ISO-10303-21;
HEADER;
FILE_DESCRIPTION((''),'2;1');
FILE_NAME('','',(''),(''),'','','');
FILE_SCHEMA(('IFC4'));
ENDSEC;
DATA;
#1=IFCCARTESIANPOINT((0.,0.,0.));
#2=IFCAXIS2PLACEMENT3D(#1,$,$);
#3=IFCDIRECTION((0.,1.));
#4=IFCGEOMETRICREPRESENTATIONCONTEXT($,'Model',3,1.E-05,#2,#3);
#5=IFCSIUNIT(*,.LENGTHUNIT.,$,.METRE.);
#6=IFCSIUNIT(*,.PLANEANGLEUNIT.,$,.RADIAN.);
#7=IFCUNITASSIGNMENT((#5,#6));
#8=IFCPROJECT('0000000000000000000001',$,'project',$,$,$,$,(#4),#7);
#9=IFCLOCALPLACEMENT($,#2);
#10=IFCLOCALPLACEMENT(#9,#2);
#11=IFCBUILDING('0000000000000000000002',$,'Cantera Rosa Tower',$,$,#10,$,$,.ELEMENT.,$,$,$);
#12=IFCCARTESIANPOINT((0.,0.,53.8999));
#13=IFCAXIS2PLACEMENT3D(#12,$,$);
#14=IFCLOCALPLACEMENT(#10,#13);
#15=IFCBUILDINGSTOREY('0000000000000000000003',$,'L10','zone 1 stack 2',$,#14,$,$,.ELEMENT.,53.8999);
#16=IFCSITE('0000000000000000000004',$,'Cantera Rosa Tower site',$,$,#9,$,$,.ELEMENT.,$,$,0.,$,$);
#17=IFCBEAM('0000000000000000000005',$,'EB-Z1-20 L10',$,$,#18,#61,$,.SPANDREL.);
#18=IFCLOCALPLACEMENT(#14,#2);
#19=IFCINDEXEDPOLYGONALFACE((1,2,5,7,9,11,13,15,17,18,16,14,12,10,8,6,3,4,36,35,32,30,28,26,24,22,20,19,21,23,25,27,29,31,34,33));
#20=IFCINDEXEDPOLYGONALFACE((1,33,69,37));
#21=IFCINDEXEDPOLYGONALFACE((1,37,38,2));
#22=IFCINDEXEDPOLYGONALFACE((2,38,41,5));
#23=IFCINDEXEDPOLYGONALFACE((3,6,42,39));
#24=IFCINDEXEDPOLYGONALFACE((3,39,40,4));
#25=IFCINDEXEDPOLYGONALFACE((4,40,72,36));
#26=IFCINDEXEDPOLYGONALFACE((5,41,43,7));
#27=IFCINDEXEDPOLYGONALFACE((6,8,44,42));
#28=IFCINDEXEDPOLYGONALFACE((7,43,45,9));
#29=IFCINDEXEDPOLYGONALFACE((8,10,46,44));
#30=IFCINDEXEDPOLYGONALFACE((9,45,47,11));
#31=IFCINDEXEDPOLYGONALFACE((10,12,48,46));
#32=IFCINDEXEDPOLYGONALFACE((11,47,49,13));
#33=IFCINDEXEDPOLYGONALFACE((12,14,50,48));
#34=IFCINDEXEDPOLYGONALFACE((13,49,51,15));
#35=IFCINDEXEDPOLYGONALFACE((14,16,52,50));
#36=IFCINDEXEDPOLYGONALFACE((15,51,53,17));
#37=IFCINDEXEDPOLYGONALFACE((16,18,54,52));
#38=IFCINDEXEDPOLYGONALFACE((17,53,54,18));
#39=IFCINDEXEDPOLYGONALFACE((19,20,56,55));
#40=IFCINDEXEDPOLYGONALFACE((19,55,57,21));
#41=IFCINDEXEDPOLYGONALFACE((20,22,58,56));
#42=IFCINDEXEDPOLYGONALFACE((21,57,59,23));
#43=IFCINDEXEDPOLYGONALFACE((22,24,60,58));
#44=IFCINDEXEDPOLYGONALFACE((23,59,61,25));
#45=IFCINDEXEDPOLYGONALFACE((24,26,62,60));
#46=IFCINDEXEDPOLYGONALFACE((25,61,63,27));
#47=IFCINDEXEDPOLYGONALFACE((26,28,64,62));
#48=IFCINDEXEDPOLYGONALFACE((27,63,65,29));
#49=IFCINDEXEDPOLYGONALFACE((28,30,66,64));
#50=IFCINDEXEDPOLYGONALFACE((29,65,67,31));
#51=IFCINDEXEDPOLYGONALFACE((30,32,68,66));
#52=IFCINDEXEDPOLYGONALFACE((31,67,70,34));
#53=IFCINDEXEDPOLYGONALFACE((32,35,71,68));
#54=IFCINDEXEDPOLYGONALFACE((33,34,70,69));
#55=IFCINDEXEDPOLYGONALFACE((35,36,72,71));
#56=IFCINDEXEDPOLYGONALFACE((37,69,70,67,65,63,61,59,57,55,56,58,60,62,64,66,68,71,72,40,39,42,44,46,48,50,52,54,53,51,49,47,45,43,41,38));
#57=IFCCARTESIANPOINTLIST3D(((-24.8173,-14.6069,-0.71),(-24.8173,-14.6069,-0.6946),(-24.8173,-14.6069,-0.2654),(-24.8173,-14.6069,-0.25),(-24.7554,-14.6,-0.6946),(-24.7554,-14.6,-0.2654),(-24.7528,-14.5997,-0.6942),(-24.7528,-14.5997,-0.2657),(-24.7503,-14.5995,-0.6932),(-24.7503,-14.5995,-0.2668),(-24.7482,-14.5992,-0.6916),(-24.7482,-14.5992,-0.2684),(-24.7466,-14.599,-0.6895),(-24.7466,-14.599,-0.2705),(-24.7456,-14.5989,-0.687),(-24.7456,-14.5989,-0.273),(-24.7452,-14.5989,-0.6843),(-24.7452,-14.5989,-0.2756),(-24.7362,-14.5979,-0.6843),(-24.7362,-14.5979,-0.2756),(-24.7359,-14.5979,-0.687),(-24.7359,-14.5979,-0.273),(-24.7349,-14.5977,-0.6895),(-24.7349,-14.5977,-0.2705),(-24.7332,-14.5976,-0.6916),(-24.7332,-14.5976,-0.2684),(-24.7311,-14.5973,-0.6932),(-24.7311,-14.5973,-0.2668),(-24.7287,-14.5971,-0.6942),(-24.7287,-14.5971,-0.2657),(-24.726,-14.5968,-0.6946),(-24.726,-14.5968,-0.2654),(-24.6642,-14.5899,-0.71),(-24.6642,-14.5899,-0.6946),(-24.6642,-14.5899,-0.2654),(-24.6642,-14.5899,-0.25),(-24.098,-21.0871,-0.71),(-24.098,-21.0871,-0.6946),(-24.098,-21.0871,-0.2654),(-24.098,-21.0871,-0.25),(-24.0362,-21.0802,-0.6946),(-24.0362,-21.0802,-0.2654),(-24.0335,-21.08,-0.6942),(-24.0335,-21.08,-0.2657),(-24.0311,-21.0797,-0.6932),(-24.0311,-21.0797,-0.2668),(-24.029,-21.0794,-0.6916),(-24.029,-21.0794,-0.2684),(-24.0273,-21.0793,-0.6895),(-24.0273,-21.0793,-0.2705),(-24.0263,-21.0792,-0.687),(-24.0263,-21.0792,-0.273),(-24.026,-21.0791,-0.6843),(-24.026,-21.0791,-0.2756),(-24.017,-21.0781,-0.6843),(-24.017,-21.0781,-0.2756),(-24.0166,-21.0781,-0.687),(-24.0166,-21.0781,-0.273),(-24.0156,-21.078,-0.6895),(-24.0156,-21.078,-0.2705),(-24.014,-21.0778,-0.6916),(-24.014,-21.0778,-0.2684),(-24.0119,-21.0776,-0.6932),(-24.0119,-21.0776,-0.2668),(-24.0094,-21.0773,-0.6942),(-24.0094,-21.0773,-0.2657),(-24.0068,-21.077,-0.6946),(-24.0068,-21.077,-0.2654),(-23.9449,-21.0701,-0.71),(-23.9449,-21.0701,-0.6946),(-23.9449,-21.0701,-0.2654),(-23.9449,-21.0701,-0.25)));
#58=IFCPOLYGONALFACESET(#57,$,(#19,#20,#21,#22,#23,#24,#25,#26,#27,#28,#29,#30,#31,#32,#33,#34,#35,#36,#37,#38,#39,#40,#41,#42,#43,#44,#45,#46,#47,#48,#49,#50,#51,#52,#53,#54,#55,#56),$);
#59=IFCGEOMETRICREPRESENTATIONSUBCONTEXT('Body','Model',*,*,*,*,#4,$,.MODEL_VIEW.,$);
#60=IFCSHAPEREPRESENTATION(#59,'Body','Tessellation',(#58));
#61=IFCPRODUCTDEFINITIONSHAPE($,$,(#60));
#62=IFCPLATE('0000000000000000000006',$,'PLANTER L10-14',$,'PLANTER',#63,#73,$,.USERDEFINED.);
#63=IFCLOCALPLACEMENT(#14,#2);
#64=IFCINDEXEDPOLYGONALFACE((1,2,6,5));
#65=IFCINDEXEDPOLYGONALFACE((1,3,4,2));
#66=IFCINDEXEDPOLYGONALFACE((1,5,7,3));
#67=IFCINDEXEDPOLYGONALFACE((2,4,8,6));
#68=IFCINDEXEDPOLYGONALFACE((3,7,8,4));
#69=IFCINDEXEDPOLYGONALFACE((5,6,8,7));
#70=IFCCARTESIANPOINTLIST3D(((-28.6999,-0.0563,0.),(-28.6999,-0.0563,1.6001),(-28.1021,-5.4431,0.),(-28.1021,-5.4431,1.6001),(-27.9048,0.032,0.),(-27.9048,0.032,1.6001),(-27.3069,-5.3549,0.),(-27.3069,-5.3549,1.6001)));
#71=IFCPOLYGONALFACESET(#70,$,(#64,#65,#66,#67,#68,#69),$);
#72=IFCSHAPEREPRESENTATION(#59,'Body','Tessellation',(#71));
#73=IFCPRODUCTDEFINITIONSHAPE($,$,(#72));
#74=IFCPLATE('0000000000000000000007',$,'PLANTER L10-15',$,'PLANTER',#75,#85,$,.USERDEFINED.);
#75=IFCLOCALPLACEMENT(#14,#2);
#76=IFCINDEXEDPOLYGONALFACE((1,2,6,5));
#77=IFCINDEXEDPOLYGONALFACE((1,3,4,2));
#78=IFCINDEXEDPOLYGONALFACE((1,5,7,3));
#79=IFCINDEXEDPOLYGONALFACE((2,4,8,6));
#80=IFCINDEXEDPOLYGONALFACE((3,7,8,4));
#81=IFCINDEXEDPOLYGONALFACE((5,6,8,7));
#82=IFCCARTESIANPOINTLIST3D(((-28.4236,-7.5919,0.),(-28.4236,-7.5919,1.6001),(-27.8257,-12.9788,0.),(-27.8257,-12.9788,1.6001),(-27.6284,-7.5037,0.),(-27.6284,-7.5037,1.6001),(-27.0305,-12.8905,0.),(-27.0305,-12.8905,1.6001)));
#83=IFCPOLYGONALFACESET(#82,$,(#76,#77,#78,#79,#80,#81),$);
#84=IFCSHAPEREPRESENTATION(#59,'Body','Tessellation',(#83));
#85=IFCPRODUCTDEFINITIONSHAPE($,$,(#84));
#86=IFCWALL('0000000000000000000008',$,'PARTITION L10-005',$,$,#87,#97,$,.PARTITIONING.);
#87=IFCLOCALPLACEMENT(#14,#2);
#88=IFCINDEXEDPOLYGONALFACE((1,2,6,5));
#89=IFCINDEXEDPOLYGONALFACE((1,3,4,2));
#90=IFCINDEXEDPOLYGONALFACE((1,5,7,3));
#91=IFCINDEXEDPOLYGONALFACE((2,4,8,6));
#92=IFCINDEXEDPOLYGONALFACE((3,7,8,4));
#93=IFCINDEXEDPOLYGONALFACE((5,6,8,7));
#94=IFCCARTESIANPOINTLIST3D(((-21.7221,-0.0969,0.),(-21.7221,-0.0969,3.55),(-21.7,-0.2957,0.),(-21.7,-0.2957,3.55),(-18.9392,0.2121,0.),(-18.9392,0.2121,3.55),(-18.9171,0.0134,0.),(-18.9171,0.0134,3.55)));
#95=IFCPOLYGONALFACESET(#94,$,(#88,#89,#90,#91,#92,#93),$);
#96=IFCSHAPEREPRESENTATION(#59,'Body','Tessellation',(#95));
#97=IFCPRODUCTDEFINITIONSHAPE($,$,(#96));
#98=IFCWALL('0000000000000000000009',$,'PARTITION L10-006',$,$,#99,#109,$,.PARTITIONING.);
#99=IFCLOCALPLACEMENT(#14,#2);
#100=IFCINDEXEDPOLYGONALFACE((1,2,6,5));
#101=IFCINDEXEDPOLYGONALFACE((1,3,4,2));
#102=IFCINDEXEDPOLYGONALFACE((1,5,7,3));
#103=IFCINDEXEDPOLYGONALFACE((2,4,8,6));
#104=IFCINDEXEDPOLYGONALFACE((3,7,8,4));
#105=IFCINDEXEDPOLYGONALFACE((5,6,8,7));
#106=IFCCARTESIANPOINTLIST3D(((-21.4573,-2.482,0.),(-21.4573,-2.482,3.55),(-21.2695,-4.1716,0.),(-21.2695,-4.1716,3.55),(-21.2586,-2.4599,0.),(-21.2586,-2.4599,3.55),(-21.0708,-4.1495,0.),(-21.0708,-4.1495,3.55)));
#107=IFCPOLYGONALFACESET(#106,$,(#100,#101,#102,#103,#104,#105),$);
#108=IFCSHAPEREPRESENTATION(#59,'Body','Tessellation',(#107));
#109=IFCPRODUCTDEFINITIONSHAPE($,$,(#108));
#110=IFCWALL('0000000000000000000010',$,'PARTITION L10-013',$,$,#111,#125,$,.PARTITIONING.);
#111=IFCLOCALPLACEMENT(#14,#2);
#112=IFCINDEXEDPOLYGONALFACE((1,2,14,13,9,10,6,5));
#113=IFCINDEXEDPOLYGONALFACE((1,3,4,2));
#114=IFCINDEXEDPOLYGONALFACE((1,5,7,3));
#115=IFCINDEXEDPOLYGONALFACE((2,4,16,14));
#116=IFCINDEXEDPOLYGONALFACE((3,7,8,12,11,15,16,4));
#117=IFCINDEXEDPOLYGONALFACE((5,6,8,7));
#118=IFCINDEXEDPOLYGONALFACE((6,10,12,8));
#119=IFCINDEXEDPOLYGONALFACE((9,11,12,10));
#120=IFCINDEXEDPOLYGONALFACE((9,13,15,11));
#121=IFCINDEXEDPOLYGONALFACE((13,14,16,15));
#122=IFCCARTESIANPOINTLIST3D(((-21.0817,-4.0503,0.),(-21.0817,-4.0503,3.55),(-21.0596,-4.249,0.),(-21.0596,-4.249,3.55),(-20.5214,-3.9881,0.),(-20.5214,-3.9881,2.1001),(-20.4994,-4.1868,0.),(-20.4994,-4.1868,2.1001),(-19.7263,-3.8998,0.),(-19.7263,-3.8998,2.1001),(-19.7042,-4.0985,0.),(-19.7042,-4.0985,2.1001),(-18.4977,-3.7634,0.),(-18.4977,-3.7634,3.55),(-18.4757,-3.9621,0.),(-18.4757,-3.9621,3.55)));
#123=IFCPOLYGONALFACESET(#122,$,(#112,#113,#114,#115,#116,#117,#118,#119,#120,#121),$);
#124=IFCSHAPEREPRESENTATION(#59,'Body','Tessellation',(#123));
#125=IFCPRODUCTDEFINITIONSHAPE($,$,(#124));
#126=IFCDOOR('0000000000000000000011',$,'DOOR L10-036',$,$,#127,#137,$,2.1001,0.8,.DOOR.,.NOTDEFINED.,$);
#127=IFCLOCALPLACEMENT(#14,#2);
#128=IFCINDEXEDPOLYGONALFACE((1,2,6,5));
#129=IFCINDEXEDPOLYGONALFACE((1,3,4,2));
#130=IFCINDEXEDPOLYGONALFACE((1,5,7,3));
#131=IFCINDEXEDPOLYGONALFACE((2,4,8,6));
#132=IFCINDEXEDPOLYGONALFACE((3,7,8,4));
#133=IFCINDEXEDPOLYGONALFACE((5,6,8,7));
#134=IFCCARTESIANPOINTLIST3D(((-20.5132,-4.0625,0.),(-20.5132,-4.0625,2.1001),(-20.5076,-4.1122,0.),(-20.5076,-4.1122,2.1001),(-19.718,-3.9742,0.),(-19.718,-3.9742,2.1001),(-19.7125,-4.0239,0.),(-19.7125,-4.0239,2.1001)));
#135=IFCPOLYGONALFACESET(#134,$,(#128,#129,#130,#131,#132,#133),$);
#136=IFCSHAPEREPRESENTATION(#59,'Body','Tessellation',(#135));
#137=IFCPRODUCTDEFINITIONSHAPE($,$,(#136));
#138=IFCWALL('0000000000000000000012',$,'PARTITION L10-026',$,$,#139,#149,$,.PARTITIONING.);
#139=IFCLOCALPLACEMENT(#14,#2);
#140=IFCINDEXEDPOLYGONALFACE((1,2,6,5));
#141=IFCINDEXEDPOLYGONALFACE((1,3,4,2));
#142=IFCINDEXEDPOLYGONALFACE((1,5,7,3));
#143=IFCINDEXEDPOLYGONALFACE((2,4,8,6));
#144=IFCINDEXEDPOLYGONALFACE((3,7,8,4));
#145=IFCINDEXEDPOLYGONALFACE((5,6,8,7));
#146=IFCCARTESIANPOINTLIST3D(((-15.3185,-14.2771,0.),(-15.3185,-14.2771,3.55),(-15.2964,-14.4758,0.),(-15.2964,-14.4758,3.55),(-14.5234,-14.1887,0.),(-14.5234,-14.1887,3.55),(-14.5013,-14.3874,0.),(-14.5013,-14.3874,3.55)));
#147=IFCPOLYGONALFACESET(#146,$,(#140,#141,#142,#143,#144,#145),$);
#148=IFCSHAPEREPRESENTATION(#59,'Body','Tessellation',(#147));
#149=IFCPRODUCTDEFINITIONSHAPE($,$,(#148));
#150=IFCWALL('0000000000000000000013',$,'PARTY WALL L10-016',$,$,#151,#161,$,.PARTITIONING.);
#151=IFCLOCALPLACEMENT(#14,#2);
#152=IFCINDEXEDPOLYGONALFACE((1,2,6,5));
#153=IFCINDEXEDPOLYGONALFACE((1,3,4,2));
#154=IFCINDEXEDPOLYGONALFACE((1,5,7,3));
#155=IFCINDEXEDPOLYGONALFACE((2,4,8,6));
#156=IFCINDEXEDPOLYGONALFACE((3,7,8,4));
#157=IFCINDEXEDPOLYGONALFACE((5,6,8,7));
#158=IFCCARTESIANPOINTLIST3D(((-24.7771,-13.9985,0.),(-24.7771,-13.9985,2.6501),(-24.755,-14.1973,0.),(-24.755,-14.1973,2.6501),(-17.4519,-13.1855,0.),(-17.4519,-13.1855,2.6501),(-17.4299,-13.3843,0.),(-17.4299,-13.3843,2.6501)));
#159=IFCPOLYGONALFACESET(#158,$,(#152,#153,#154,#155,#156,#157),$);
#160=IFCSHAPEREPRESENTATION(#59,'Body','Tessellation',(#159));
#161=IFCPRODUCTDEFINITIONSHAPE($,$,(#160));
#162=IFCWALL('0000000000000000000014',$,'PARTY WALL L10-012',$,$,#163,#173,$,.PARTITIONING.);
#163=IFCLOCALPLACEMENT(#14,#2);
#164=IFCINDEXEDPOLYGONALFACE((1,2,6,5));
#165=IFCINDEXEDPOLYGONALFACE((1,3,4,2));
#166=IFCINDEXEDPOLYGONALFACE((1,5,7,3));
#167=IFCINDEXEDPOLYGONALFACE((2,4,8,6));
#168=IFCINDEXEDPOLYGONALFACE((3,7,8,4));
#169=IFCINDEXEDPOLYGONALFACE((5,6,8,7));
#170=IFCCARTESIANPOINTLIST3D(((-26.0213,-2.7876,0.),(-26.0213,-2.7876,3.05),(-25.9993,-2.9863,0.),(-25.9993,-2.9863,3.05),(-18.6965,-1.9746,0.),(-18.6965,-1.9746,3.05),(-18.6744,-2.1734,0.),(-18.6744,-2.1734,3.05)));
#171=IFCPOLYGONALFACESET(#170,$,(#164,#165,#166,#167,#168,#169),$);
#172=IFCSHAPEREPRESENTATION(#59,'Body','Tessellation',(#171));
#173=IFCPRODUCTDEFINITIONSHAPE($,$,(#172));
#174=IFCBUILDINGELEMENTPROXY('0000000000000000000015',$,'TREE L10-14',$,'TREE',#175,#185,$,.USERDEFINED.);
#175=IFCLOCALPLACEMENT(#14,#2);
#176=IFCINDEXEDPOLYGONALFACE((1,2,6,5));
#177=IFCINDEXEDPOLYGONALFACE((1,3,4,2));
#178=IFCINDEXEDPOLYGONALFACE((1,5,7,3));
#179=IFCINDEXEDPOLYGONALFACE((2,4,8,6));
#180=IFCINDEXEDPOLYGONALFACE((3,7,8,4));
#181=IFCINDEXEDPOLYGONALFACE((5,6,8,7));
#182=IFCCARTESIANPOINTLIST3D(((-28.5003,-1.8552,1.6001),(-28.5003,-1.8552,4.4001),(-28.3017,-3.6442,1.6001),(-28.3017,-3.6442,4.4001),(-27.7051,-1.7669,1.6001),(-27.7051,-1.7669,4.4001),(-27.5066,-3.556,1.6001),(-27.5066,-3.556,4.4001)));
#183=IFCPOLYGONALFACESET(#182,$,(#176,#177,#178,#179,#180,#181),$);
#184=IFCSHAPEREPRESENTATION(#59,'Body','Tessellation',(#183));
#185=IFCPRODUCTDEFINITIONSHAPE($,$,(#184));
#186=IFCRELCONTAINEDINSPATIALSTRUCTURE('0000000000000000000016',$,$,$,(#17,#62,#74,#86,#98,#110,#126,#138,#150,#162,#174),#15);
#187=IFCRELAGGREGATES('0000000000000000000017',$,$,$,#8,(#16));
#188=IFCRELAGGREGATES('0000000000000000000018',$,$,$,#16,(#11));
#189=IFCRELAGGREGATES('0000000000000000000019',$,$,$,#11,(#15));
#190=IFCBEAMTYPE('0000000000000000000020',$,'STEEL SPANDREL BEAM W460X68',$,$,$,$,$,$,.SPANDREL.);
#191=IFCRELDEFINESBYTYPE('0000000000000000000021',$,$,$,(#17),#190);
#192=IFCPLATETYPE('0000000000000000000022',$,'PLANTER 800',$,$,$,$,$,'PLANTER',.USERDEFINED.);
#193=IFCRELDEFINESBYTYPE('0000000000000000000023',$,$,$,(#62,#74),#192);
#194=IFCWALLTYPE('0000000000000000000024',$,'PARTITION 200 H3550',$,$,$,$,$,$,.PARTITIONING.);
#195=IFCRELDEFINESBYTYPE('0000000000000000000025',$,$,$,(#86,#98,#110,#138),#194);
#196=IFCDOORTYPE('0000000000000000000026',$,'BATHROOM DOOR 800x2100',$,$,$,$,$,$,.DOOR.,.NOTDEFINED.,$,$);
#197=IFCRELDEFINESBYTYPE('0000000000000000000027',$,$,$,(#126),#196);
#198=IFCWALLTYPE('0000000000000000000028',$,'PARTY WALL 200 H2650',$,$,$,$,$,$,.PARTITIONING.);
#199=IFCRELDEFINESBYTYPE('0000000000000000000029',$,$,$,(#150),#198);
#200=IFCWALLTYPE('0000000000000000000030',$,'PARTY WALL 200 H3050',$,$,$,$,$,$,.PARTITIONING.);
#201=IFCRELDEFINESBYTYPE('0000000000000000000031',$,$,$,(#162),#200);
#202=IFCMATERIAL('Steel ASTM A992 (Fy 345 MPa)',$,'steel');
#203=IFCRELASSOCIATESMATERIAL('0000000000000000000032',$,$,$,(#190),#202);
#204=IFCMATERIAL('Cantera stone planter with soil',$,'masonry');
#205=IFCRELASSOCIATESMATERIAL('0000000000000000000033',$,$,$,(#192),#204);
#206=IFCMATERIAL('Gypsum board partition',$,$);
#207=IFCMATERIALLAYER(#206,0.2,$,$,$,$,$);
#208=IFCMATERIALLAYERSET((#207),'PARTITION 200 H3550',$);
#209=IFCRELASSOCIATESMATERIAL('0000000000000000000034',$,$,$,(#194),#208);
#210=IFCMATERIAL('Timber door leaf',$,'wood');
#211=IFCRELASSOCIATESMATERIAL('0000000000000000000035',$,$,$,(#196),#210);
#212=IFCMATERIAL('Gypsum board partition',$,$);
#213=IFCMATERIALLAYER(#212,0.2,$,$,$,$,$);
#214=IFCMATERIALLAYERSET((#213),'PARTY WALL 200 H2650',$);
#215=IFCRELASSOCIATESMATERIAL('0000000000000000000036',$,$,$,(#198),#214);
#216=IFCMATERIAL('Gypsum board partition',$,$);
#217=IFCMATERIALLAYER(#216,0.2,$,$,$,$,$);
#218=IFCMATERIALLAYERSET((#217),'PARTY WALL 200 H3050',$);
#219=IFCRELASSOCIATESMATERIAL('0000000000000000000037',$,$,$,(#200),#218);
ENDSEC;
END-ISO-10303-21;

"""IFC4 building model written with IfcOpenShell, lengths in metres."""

from ifc_helpers import new_model, si_unit, direction, frame, frame_2d, origin, origin_2d, place, context, subcontext, project, spatial, rectangle, i_section, extrude, material, layer, layer_set, material_profile, profile_set, type_object, element, fill, save


model = new_model("IFC4")

# Units and contexts
model_context = context("Model", 3, precision=1e-05, world=origin(), true_north=direction((0.0, 1.0)))
body_context = subcontext(model_context, "Body", "Model", "MODEL_VIEW")
ifc_project = project(units=[si_unit("LENGTHUNIT", "METRE"), si_unit("PLANEANGLEUNIT", "RADIAN")], contexts=[model_context])

# Site, building, storey
site_placement = place(None, origin())
site = spatial("IfcSite", under=ifc_project, at=site_placement, Name="Cantera Rosa Tower site", CompositionType="ELEMENT", RefElevation=0.0)
building_placement = place(site_placement, origin())
building = spatial("IfcBuilding", under=site, at=building_placement, Name="Cantera Rosa Tower", CompositionType="ELEMENT")
storey_placement = place(building_placement, frame((0.0, 0.0, 53.8999)))
storey = spatial("IfcBuildingStorey", under=building, at=storey_placement, Name="L10", Description="zone 1 stack 2", CompositionType="ELEMENT", Elevation=53.8999)

# Beam
ifc_material_1 = material(Name="Steel ASTM A992 (Fy 345 MPa)", Category="steel")
ifc_material_profile_1 = material_profile(ifc_material_1, i_section(OverallWidth=0.1541, OverallDepth=0.46, WebThickness=0.009, FlangeThickness=0.0154, FilletRadius=0.0103, at=origin_2d()), Name="W460X68")
ifc_profile_set_1 = profile_set([ifc_material_profile_1], Name="Steel ASTM A992 (Fy 345 MPa)")
beam_type_1 = type_object("IfcBeamType", Name="STEEL SPANDREL BEAM W460X68", PredefinedType="SPANDREL", material=ifc_profile_set_1)
for number, where, z_axis, x_axis, name in (
    (1, (-24.7407, -14.5984, -0.48), (0.110312, -0.993897, 0.0), (0.993897, 0.110312, 0.0), "EB-Z1-20 L10"),
):
    element("IfcBeam", number, at=place(storey_placement, frame(where, z_axis=z_axis, x_axis=x_axis)), inside=storey, type_object=beam_type_1, Name=name, PredefinedType="SPANDREL", context=body_context, shape_type="SweptSolid", body=[
        extrude(i_section(OverallWidth=0.1541, OverallDepth=0.46, WebThickness=0.009, FlangeThickness=0.0154, FilletRadius=0.0103, at=origin_2d()), origin(), (0.0, 0.0, 1.0), 6.52),
    ])

# Plates
ifc_material_2 = material(Name="Cantera stone planter with soil", Category="masonry")
plate_type = type_object("IfcPlateType", Name="PLANTER 800", ElementType="PLANTER", PredefinedType="USERDEFINED", material=ifc_material_2)
for number, where, z_axis, x_axis, name in (
    (2, (-28.0034, -2.7056, 0.0), (0.0, 0.0, 1.0), (0.110313, -0.993897, 0.0), "PLANTER L10-14"),
    (3, (-27.7271, -10.2412, 0.0), (0.0, 0.0, 1.0), (0.110313, -0.993897, 0.0), "PLANTER L10-15"),
):
    element("IfcPlate", number, at=place(storey_placement, frame(where, z_axis=z_axis, x_axis=x_axis)), inside=storey, type_object=plate_type, Name=name, ObjectType="PLANTER", PredefinedType="USERDEFINED", context=body_context, shape_type="SweptSolid", body=[
        extrude(rectangle(XDim=5.4199, YDim=0.8, at=origin_2d()), origin(), (0.0, 0.0, 1.0), 1.6001),
    ])

# Walls
ifc_material_3 = material(Name="Gypsum board partition")
ifc_layer_1 = layer(ifc_material_3, 0.2)
ifc_layer_set_1 = layer_set([ifc_layer_1], Name="PARTITION 200 H3550")
wall_type_1 = type_object("IfcWallType", Name="PARTITION 200 H3550", PredefinedType="PARTITIONING", material=ifc_layer_set_1)
wall_1_placement = place(storey_placement, frame((-21.7109, -0.1963, 0.0), z_axis=(0.0, 0.0, 1.0), x_axis=(0.993889, 0.110384, 0.0)))
element("IfcWall", 4, at=wall_1_placement, inside=storey, type_object=wall_type_1, Name="PARTITION L10-005", PredefinedType="PARTITIONING", context=body_context, shape_type="SweptSolid", body=[
    extrude(rectangle(XDim=2.8, YDim=0.2, at=frame_2d((1.3999, 0.0))), origin(), (0.0, 0.0, 1.0), 3.55),
])
wall_2_placement = place(storey_placement, frame((-21.1702, -4.1606, 0.0), z_axis=(0.0, 0.0, 1.0), x_axis=(-0.110447, 0.993882, 0.0)))
element("IfcWall", 5, at=wall_2_placement, inside=storey, type_object=wall_type_1, Name="PARTITION L10-006", PredefinedType="PARTITIONING", context=body_context, shape_type="SweptSolid", body=[
    extrude(rectangle(XDim=1.7, YDim=0.2, at=frame_2d((0.8501, 0.0))), origin(), (0.0, 0.0, 1.0), 3.55),
])

# Wall, opening, door
wall_3_placement = place(storey_placement, frame((-18.4868, -3.8628, 0.0), z_axis=(0.0, 0.0, 1.0), x_axis=(-0.993894, -0.110339, 0.0)))
wall_3 = element("IfcWall", 6, at=wall_3_placement, inside=storey, type_object=wall_type_1, Name="PARTITION L10-013", PredefinedType="PARTITIONING", context=body_context, shape_type="SweptSolid", body=[
    extrude(rectangle(XDim=2.5999, YDim=0.2, at=frame_2d((1.2998, 0.0))), origin(), (0.0, 0.0, 1.0), 3.55),
])
opening_1_placement = place(wall_3_placement, frame((1.2361, 0.0, 0.0)))
opening_1 = element("IfcOpeningElement", 7, at=opening_1_placement, cuts=wall_3, PredefinedType="OPENING", context=body_context, shape_type="SweptSolid", body=[
    extrude(rectangle(XDim=0.8, YDim=2.1001, at=frame_2d((0.3999, 1.05))), frame((0.0, 0.1099, 0.0), z_axis=(0.0, -1.0, 0.0), x_axis=(1.0, 0.0, 0.0)), (0.0, 0.0, 1.0), 0.22),
])
ifc_material_4 = material(Name="Timber door leaf", Category="wood")
door_type_1 = type_object("IfcDoorType", Name="BATHROOM DOOR 800x2100", OperationType="NOTDEFINED", PredefinedType="DOOR", material=ifc_material_4)
door_1_placement = place(opening_1_placement, origin())
door_1 = element("IfcDoor", 8, at=door_1_placement, inside=storey, type_object=door_type_1, Name="DOOR L10-036", OperationType="NOTDEFINED", OverallHeight=2.1001, OverallWidth=0.8, PredefinedType="DOOR", context=body_context, shape_type="SweptSolid", body=[
    extrude(rectangle(XDim=0.8, YDim=2.1001, at=frame_2d((0.3999, 1.05))), frame((0.0, 0.0249, 0.0), z_axis=(0.0, -1.0, 0.0), x_axis=(1.0, 0.0, 0.0)), (0.0, 0.0, 1.0), 0.05),
])
fill(opening_1, door_1)

# Walls
wall_4_placement = place(storey_placement, frame((-14.5125, -14.2881, 0.0), z_axis=(0.0, 0.0, 1.0), x_axis=(-0.99388, -0.110465, 0.0)))
element("IfcWall", 9, at=wall_4_placement, inside=storey, type_object=wall_type_1, Name="PARTITION L10-026", PredefinedType="PARTITIONING", context=body_context, shape_type="SweptSolid", body=[
    extrude(rectangle(XDim=0.8, YDim=0.2, at=frame_2d((0.3999, 0.0))), origin(), (0.0, 0.0, 1.0), 3.55),
])
ifc_material_5 = material(Name="Gypsum board partition")
ifc_layer_2 = layer(ifc_material_5, 0.2)
ifc_layer_set_2 = layer_set([ifc_layer_2], Name="PARTY WALL 200 H2650")
wall_type_2 = type_object("IfcWallType", Name="PARTY WALL 200 H2650", PredefinedType="PARTITIONING", material=ifc_layer_set_2)
wall_5_placement = place(storey_placement, frame((-17.4409, -13.2849, 0.0), z_axis=(0.0, 0.0, 1.0), x_axis=(-0.993897, -0.110308, 0.0)))
element("IfcWall", 10, at=wall_5_placement, inside=storey, type_object=wall_type_2, Name="PARTY WALL L10-016", PredefinedType="PARTITIONING", context=body_context, shape_type="SweptSolid", body=[
    extrude(rectangle(XDim=7.3701, YDim=0.2, at=frame_2d((3.6851, 0.0))), origin(), (0.0, 0.0, 1.0), 2.6501),
])
ifc_material_6 = material(Name="Gypsum board partition")
ifc_layer_3 = layer(ifc_material_6, 0.2)
ifc_layer_set_3 = layer_set([ifc_layer_3], Name="PARTY WALL 200 H3050")
wall_type_3 = type_object("IfcWallType", Name="PARTY WALL 200 H3050", PredefinedType="PARTITIONING", material=ifc_layer_set_3)
wall_6_placement = place(storey_placement, frame((-18.6853, -2.074, 0.0), z_axis=(0.0, 0.0, 1.0), x_axis=(-0.993897, -0.110312, 0.0)))
element("IfcWall", 11, at=wall_6_placement, inside=storey, type_object=wall_type_3, Name="PARTY WALL L10-012", PredefinedType="PARTITIONING", context=body_context, shape_type="SweptSolid", body=[
    extrude(rectangle(XDim=7.3699, YDim=0.2, at=frame_2d((3.6851, 0.0))), origin(), (0.0, 0.0, 1.0), 3.05),
])

# Building element proxy
for number, where, z_axis, x_axis, name in (
    (12, (-28.0034, -2.7056, 1.6001), (0.0, 0.0, 1.0), (0.110313, -0.993897, 0.0), "TREE L10-14"),
):
    element("IfcBuildingElementProxy", number, at=place(storey_placement, frame(where, z_axis=z_axis, x_axis=x_axis)), inside=storey, Name=name, ObjectType="TREE", PredefinedType="USERDEFINED", context=body_context, shape_type="SweptSolid", body=[
        extrude(rectangle(XDim=1.8, YDim=0.8, at=origin_2d()), origin(), (0.0, 0.0, 1.0), 2.8),
    ])

save(model, "model.ifc")
